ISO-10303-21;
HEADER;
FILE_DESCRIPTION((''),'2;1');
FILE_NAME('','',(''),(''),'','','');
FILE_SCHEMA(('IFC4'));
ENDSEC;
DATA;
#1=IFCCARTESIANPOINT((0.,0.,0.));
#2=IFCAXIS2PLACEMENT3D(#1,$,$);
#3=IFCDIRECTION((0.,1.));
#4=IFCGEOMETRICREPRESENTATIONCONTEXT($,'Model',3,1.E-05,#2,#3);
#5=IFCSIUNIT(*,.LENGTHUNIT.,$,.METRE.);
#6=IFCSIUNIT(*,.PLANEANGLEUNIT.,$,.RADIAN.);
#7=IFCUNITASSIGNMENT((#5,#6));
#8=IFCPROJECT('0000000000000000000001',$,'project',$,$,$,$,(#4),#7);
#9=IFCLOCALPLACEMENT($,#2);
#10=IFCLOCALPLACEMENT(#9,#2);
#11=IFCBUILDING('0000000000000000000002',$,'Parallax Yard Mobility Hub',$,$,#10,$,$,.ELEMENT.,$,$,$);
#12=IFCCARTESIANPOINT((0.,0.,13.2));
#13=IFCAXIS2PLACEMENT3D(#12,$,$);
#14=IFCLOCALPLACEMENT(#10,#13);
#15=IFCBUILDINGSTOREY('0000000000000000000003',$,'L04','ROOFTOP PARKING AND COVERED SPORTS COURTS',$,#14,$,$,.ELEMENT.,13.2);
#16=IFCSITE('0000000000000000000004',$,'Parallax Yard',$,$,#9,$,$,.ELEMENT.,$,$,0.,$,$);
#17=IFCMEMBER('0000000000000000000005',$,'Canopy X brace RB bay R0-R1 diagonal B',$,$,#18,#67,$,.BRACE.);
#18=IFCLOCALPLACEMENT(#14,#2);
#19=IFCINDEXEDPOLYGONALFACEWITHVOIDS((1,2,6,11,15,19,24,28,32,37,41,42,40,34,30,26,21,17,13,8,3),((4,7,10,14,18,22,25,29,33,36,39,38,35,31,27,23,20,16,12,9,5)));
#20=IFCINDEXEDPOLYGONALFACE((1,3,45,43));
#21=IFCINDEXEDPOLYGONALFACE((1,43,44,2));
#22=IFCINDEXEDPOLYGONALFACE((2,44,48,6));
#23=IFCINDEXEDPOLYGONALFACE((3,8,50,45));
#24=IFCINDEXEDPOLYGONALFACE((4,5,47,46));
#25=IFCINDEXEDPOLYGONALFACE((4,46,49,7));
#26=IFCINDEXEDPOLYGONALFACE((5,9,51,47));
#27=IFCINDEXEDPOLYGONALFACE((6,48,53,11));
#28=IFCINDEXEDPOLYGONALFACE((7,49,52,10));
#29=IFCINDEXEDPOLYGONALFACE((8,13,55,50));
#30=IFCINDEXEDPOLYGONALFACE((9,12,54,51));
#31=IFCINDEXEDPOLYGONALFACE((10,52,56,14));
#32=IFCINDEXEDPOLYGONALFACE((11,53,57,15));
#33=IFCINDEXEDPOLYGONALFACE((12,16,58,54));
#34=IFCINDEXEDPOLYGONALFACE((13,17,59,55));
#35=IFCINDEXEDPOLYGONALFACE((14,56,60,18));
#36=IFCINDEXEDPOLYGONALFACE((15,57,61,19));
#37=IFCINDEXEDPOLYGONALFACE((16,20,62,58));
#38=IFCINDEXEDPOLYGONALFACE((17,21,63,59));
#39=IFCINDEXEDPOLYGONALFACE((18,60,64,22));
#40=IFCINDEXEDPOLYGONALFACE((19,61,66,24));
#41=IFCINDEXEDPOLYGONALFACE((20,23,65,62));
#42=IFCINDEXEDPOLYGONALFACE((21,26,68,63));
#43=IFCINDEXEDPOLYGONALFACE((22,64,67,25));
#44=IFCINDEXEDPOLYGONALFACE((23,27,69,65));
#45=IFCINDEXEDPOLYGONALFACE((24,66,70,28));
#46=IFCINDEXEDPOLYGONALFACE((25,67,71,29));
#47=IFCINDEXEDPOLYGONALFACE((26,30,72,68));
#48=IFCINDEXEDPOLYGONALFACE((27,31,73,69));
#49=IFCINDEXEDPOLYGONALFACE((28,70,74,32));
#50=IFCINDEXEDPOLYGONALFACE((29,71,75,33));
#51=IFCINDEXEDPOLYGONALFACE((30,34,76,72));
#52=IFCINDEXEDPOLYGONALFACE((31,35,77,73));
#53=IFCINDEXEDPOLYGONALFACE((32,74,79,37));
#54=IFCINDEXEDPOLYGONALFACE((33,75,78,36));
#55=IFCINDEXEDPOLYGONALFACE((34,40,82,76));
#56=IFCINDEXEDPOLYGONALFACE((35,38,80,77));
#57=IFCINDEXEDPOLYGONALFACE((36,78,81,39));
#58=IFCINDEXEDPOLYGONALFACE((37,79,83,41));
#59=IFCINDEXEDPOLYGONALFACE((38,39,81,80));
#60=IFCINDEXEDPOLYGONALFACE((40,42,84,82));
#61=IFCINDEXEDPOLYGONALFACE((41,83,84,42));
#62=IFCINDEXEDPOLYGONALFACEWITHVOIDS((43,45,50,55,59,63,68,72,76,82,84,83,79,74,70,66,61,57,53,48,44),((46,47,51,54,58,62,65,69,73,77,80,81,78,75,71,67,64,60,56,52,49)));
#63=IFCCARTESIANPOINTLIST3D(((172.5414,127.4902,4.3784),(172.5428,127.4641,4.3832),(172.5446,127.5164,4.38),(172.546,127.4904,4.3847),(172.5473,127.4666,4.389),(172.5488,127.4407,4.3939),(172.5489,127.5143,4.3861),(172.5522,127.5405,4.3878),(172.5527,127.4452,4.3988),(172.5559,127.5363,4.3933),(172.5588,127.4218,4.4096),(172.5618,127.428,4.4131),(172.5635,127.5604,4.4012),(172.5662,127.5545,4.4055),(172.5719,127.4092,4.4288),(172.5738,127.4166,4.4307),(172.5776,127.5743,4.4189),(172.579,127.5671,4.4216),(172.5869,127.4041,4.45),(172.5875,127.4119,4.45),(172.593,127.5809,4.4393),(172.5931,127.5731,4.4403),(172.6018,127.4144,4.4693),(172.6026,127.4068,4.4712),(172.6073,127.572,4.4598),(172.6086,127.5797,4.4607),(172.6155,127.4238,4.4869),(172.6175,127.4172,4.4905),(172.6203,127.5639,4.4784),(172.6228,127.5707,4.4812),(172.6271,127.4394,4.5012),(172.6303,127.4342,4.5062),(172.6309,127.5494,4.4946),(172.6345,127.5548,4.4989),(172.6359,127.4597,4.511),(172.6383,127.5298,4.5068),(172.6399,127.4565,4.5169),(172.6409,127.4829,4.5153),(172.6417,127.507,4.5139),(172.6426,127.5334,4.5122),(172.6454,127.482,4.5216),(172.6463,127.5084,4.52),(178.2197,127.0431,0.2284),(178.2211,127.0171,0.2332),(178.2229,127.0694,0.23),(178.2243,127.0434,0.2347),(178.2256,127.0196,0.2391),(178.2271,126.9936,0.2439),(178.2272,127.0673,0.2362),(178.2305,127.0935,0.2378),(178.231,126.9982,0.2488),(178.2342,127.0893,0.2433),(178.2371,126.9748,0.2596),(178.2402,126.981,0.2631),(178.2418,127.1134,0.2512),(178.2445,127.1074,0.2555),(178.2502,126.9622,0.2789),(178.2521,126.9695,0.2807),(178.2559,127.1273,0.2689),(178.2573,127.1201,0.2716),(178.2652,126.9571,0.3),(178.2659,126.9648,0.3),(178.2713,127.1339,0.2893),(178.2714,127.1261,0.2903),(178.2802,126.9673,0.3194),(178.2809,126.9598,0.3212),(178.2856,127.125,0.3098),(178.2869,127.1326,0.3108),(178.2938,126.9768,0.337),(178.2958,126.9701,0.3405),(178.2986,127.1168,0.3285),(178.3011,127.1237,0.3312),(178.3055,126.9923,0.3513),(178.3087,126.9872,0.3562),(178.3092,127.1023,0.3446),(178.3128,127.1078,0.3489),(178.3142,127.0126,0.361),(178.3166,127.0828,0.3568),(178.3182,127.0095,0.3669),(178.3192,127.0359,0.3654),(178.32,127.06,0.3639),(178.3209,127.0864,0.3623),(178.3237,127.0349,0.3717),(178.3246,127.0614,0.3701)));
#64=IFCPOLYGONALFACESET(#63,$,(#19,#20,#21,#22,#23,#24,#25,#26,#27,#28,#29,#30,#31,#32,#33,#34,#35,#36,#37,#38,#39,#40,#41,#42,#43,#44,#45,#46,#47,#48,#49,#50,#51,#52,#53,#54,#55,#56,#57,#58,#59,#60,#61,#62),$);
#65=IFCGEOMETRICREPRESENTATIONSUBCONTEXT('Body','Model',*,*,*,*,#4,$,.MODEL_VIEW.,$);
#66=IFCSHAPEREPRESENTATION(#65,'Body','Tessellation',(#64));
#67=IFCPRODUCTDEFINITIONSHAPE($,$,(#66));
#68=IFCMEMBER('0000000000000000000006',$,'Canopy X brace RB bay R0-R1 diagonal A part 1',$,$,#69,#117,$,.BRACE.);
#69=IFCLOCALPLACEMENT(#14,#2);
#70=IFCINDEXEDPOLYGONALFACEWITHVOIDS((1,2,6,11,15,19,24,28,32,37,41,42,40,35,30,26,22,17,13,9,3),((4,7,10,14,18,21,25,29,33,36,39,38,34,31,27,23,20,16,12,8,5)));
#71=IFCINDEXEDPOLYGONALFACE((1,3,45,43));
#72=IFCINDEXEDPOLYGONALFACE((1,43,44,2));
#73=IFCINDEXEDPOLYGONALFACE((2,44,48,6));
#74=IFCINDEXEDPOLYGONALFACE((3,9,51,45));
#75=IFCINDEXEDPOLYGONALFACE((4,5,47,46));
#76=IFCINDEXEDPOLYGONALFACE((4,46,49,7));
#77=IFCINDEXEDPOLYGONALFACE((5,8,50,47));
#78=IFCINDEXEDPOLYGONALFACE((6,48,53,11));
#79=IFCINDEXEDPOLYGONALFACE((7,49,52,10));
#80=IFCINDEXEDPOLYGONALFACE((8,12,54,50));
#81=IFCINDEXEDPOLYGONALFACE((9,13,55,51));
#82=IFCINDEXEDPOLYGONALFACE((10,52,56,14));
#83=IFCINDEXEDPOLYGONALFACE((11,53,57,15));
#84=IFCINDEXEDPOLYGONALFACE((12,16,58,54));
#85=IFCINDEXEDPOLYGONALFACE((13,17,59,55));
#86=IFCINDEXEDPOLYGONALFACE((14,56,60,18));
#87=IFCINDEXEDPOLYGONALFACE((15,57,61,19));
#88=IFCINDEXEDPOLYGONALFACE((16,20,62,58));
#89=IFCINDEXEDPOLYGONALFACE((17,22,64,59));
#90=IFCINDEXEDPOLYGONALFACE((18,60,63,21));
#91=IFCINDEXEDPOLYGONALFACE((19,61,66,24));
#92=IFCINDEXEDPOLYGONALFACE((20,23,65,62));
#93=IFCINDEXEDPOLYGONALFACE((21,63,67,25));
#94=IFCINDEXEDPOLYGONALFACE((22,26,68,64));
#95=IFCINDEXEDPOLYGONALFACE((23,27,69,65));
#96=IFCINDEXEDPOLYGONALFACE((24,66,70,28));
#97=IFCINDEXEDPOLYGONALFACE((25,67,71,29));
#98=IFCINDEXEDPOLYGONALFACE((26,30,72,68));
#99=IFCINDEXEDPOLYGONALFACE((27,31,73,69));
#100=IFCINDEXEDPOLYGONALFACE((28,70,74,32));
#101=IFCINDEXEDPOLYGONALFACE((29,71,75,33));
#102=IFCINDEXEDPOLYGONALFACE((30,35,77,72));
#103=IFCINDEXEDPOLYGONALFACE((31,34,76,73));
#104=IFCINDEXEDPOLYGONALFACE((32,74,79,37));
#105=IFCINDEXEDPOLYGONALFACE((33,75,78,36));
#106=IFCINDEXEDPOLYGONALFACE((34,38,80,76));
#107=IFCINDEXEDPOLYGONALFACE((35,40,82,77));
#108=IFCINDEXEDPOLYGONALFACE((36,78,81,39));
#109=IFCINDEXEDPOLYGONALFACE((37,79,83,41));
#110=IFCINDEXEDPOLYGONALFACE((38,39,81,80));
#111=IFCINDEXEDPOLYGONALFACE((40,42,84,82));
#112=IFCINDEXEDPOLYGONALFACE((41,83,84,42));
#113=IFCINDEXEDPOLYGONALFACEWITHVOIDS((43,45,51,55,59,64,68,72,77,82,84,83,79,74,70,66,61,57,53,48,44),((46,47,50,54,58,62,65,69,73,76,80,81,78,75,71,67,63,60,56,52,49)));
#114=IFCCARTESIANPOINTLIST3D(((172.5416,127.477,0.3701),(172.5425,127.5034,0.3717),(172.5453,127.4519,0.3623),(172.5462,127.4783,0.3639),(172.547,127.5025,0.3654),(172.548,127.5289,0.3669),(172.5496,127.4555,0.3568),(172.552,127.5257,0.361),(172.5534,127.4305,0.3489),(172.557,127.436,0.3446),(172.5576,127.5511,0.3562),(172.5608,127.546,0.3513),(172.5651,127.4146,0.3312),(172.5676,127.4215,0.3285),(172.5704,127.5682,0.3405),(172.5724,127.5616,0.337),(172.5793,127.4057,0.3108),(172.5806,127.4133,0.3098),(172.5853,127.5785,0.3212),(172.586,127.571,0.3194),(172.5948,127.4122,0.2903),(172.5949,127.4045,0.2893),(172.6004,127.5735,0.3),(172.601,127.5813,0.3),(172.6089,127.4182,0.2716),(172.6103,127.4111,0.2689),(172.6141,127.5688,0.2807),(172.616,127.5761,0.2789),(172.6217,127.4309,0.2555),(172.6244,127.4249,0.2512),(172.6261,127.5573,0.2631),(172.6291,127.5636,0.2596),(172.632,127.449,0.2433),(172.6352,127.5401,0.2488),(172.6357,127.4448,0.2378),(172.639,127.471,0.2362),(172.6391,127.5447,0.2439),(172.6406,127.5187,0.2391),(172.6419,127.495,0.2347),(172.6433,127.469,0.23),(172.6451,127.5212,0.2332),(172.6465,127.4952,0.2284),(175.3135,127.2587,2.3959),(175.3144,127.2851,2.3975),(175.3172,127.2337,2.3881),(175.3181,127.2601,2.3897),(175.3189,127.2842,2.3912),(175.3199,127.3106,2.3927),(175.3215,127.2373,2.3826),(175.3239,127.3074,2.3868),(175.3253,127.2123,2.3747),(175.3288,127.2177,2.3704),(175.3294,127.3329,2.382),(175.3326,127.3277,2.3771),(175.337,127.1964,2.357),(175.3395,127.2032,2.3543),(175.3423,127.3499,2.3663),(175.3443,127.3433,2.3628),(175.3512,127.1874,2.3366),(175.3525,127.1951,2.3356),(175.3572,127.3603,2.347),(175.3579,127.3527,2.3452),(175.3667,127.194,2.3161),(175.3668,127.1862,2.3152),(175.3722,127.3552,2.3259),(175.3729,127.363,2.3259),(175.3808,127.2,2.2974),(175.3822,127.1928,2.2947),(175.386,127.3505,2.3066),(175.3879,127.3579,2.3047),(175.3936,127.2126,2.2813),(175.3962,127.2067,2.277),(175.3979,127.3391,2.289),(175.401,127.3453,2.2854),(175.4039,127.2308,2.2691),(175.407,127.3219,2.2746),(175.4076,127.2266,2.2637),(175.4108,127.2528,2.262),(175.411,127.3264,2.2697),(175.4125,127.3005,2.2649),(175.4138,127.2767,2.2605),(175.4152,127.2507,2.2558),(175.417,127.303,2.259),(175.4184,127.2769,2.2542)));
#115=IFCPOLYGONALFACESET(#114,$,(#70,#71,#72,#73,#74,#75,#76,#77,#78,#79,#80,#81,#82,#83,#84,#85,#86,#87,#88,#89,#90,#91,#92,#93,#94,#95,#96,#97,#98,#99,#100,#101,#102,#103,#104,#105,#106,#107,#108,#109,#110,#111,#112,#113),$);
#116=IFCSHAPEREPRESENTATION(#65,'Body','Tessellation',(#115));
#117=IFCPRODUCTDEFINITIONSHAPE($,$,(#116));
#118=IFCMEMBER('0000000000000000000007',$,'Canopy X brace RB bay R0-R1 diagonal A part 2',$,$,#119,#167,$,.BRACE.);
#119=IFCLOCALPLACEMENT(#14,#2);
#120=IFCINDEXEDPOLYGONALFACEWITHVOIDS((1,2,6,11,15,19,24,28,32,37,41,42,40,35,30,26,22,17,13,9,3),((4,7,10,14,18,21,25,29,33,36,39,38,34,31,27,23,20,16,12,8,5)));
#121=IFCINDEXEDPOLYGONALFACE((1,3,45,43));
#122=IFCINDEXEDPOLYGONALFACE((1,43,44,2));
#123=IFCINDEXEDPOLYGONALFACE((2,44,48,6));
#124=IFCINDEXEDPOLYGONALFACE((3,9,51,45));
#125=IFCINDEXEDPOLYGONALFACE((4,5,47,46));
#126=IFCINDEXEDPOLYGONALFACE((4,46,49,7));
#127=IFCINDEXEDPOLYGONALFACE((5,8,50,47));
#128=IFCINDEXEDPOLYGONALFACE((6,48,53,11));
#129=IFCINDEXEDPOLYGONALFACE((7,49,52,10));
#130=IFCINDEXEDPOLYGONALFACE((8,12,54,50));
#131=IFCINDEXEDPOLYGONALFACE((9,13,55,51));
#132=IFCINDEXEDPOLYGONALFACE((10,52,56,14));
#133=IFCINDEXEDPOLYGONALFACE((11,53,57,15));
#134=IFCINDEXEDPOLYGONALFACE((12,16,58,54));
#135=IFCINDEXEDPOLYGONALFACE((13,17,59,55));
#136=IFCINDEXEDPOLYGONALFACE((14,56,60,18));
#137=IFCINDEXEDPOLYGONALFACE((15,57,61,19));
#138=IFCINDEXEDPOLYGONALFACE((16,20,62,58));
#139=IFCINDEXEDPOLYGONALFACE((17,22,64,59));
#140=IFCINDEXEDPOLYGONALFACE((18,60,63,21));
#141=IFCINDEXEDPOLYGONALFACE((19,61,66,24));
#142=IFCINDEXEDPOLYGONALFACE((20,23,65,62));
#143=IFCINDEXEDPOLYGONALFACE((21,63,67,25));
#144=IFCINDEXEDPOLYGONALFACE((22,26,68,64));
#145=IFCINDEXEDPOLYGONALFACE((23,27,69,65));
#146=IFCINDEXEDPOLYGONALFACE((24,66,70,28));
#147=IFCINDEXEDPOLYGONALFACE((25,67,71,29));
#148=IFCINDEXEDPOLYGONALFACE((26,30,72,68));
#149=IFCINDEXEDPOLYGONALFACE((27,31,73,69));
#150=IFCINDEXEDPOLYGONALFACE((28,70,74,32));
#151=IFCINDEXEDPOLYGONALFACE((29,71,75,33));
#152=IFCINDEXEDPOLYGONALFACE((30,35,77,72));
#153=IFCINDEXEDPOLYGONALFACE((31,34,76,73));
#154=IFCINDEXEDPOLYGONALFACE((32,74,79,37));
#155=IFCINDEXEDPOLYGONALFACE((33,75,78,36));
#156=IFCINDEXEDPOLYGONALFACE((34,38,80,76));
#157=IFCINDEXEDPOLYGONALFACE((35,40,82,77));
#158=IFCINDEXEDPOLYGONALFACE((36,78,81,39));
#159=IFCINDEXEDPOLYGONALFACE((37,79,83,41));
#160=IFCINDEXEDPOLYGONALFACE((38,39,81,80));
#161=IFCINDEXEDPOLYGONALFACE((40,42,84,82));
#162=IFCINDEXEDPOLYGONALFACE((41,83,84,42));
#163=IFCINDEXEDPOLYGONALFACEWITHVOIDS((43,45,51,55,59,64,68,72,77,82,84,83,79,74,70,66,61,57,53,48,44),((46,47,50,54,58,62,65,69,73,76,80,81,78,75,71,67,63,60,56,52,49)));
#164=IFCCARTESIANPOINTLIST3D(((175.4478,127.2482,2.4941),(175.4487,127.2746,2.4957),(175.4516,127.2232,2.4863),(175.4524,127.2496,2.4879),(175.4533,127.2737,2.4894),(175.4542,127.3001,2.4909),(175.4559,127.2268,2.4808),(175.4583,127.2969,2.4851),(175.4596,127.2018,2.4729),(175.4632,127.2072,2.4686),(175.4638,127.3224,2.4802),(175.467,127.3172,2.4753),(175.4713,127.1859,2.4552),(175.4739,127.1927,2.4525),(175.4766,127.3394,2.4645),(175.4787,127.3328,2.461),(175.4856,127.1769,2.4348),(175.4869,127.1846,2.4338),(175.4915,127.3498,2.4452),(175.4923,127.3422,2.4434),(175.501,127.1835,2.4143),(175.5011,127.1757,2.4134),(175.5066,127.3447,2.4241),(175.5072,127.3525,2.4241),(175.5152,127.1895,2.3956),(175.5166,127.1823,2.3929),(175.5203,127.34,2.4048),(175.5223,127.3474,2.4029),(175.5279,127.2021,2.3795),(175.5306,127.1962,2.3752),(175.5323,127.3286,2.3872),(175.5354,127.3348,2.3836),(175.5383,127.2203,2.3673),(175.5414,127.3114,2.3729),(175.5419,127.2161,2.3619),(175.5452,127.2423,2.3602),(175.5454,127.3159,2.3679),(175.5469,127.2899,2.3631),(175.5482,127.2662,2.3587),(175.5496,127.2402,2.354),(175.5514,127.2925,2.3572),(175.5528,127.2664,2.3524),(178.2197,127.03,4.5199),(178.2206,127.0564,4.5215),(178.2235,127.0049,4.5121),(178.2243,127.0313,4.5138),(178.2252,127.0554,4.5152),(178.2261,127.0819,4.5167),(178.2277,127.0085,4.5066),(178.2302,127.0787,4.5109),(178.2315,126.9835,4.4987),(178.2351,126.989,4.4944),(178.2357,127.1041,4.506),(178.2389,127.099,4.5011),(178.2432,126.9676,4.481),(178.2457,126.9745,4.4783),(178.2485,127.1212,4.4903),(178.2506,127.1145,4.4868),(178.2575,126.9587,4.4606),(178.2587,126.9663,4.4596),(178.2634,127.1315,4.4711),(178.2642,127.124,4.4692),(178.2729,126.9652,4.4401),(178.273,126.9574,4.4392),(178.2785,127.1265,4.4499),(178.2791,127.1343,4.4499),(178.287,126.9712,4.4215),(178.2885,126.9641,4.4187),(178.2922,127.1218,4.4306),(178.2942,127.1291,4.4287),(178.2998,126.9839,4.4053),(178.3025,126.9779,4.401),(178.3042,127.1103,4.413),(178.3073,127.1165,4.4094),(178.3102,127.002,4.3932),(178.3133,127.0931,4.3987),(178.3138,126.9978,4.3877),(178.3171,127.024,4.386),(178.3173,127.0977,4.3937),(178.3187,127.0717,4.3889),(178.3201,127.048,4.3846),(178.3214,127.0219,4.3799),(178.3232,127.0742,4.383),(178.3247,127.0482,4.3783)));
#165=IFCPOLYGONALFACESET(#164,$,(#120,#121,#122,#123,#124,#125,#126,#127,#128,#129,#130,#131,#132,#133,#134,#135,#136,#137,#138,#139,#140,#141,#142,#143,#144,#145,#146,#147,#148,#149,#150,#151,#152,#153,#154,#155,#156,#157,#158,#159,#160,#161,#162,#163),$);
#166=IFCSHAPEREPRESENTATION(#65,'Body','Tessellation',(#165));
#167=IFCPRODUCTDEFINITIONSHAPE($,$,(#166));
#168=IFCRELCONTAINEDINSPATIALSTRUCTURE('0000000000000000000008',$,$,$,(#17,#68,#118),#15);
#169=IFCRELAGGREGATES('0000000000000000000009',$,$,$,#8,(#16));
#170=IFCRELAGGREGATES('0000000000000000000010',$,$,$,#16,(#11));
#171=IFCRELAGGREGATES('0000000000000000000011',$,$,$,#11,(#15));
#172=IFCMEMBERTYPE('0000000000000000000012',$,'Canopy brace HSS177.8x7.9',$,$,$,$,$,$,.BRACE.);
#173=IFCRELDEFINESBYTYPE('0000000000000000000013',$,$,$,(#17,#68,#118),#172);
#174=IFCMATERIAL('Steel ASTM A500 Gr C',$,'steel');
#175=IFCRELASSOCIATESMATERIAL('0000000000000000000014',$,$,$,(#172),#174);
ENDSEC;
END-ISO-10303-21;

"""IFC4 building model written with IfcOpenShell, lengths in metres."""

from ifc_helpers import new_model, si_unit, direction, frame, origin, origin_2d, place, context, subcontext, project, spatial, hollow_circle, extrude, material, material_profile, profile_set, type_object, element, save


model = new_model("IFC4")

# Units and contexts
model_context = context("Model", 3, precision=1e-05, world=origin(), true_north=direction((0.0, 1.0)))
body_context = subcontext(model_context, "Body", "Model", "MODEL_VIEW")
ifc_project = project(units=[si_unit("LENGTHUNIT", "METRE"), si_unit("PLANEANGLEUNIT", "RADIAN")], contexts=[model_context])

# Site, building, storey
site_placement = place(None, origin())
site = spatial("IfcSite", under=ifc_project, at=site_placement, Name="Parallax Yard", CompositionType="ELEMENT", RefElevation=0.0)
building_placement = place(site_placement, origin())
building = spatial("IfcBuilding", under=site, at=building_placement, Name="Parallax Yard Mobility Hub", CompositionType="ELEMENT")
storey_placement = place(building_placement, frame((0.0, 0.0, 13.2)))
storey = spatial("IfcBuildingStorey", under=building, at=storey_placement, Name="L04", Description="ROOFTOP PARKING AND COVERED SPORTS COURTS", CompositionType="ELEMENT", Elevation=13.2)

# Members
ifc_material_1 = material(Name="Steel ASTM A500 Gr C", Category="steel")
ifc_material_profile_1 = material_profile(ifc_material_1, hollow_circle(Radius=0.0889, WallThickness=0.0078, at=origin_2d()), Name="HSS177.8x7.9")
ifc_profile_set_1 = profile_set([ifc_material_profile_1], Name="Steel ASTM A500 Gr C")
member_type_1 = type_object("IfcMemberType", Name="Canopy brace HSS177.8x7.9", PredefinedType="BRACE", material=ifc_profile_set_1)
member_1_placement = place(storey_placement, frame((178.2722, 127.0457, 0.3), z_axis=(-0.805736, 0.063432, 0.588868), x_axis=(-0.078483, -0.996915, 0.0)))
element("IfcMember", 1, at=member_1_placement, inside=storey, type_object=member_type_1, Name="Canopy X brace RB bay R0-R1 diagonal B", PredefinedType="BRACE", context=body_context, shape_type="SweptSolid", body=[
    extrude(hollow_circle(Radius=0.0889, WallThickness=0.0078, at=origin_2d()), origin(), (0.0, 0.0, 1.0), 7.0474),
])
for number, where, z_axis, x_axis, name in (
    (2, (172.594, 127.4927, 0.3), (0.805736, -0.063443, 0.588867), (0.078496, 0.996914, 0.0), "Canopy X brace RB bay R0-R1 diagonal A part 1"),
    (3, (175.5002, 127.2639, 2.4241), (0.805736, -0.063443, 0.588867), (0.078496, 0.996914, 0.0), "Canopy X brace RB bay R0-R1 diagonal A part 2"),
):
    element("IfcMember", number, at=place(storey_placement, frame(where, z_axis=z_axis, x_axis=x_axis)), inside=storey, type_object=member_type_1, Name=name, PredefinedType="BRACE", context=body_context, shape_type="SweptSolid", body=[
        extrude(hollow_circle(Radius=0.0889, WallThickness=0.0078, at=origin_2d()), origin(), (0.0, 0.0, 1.0), 3.4402),
    ])

save(model, "model.ifc")
